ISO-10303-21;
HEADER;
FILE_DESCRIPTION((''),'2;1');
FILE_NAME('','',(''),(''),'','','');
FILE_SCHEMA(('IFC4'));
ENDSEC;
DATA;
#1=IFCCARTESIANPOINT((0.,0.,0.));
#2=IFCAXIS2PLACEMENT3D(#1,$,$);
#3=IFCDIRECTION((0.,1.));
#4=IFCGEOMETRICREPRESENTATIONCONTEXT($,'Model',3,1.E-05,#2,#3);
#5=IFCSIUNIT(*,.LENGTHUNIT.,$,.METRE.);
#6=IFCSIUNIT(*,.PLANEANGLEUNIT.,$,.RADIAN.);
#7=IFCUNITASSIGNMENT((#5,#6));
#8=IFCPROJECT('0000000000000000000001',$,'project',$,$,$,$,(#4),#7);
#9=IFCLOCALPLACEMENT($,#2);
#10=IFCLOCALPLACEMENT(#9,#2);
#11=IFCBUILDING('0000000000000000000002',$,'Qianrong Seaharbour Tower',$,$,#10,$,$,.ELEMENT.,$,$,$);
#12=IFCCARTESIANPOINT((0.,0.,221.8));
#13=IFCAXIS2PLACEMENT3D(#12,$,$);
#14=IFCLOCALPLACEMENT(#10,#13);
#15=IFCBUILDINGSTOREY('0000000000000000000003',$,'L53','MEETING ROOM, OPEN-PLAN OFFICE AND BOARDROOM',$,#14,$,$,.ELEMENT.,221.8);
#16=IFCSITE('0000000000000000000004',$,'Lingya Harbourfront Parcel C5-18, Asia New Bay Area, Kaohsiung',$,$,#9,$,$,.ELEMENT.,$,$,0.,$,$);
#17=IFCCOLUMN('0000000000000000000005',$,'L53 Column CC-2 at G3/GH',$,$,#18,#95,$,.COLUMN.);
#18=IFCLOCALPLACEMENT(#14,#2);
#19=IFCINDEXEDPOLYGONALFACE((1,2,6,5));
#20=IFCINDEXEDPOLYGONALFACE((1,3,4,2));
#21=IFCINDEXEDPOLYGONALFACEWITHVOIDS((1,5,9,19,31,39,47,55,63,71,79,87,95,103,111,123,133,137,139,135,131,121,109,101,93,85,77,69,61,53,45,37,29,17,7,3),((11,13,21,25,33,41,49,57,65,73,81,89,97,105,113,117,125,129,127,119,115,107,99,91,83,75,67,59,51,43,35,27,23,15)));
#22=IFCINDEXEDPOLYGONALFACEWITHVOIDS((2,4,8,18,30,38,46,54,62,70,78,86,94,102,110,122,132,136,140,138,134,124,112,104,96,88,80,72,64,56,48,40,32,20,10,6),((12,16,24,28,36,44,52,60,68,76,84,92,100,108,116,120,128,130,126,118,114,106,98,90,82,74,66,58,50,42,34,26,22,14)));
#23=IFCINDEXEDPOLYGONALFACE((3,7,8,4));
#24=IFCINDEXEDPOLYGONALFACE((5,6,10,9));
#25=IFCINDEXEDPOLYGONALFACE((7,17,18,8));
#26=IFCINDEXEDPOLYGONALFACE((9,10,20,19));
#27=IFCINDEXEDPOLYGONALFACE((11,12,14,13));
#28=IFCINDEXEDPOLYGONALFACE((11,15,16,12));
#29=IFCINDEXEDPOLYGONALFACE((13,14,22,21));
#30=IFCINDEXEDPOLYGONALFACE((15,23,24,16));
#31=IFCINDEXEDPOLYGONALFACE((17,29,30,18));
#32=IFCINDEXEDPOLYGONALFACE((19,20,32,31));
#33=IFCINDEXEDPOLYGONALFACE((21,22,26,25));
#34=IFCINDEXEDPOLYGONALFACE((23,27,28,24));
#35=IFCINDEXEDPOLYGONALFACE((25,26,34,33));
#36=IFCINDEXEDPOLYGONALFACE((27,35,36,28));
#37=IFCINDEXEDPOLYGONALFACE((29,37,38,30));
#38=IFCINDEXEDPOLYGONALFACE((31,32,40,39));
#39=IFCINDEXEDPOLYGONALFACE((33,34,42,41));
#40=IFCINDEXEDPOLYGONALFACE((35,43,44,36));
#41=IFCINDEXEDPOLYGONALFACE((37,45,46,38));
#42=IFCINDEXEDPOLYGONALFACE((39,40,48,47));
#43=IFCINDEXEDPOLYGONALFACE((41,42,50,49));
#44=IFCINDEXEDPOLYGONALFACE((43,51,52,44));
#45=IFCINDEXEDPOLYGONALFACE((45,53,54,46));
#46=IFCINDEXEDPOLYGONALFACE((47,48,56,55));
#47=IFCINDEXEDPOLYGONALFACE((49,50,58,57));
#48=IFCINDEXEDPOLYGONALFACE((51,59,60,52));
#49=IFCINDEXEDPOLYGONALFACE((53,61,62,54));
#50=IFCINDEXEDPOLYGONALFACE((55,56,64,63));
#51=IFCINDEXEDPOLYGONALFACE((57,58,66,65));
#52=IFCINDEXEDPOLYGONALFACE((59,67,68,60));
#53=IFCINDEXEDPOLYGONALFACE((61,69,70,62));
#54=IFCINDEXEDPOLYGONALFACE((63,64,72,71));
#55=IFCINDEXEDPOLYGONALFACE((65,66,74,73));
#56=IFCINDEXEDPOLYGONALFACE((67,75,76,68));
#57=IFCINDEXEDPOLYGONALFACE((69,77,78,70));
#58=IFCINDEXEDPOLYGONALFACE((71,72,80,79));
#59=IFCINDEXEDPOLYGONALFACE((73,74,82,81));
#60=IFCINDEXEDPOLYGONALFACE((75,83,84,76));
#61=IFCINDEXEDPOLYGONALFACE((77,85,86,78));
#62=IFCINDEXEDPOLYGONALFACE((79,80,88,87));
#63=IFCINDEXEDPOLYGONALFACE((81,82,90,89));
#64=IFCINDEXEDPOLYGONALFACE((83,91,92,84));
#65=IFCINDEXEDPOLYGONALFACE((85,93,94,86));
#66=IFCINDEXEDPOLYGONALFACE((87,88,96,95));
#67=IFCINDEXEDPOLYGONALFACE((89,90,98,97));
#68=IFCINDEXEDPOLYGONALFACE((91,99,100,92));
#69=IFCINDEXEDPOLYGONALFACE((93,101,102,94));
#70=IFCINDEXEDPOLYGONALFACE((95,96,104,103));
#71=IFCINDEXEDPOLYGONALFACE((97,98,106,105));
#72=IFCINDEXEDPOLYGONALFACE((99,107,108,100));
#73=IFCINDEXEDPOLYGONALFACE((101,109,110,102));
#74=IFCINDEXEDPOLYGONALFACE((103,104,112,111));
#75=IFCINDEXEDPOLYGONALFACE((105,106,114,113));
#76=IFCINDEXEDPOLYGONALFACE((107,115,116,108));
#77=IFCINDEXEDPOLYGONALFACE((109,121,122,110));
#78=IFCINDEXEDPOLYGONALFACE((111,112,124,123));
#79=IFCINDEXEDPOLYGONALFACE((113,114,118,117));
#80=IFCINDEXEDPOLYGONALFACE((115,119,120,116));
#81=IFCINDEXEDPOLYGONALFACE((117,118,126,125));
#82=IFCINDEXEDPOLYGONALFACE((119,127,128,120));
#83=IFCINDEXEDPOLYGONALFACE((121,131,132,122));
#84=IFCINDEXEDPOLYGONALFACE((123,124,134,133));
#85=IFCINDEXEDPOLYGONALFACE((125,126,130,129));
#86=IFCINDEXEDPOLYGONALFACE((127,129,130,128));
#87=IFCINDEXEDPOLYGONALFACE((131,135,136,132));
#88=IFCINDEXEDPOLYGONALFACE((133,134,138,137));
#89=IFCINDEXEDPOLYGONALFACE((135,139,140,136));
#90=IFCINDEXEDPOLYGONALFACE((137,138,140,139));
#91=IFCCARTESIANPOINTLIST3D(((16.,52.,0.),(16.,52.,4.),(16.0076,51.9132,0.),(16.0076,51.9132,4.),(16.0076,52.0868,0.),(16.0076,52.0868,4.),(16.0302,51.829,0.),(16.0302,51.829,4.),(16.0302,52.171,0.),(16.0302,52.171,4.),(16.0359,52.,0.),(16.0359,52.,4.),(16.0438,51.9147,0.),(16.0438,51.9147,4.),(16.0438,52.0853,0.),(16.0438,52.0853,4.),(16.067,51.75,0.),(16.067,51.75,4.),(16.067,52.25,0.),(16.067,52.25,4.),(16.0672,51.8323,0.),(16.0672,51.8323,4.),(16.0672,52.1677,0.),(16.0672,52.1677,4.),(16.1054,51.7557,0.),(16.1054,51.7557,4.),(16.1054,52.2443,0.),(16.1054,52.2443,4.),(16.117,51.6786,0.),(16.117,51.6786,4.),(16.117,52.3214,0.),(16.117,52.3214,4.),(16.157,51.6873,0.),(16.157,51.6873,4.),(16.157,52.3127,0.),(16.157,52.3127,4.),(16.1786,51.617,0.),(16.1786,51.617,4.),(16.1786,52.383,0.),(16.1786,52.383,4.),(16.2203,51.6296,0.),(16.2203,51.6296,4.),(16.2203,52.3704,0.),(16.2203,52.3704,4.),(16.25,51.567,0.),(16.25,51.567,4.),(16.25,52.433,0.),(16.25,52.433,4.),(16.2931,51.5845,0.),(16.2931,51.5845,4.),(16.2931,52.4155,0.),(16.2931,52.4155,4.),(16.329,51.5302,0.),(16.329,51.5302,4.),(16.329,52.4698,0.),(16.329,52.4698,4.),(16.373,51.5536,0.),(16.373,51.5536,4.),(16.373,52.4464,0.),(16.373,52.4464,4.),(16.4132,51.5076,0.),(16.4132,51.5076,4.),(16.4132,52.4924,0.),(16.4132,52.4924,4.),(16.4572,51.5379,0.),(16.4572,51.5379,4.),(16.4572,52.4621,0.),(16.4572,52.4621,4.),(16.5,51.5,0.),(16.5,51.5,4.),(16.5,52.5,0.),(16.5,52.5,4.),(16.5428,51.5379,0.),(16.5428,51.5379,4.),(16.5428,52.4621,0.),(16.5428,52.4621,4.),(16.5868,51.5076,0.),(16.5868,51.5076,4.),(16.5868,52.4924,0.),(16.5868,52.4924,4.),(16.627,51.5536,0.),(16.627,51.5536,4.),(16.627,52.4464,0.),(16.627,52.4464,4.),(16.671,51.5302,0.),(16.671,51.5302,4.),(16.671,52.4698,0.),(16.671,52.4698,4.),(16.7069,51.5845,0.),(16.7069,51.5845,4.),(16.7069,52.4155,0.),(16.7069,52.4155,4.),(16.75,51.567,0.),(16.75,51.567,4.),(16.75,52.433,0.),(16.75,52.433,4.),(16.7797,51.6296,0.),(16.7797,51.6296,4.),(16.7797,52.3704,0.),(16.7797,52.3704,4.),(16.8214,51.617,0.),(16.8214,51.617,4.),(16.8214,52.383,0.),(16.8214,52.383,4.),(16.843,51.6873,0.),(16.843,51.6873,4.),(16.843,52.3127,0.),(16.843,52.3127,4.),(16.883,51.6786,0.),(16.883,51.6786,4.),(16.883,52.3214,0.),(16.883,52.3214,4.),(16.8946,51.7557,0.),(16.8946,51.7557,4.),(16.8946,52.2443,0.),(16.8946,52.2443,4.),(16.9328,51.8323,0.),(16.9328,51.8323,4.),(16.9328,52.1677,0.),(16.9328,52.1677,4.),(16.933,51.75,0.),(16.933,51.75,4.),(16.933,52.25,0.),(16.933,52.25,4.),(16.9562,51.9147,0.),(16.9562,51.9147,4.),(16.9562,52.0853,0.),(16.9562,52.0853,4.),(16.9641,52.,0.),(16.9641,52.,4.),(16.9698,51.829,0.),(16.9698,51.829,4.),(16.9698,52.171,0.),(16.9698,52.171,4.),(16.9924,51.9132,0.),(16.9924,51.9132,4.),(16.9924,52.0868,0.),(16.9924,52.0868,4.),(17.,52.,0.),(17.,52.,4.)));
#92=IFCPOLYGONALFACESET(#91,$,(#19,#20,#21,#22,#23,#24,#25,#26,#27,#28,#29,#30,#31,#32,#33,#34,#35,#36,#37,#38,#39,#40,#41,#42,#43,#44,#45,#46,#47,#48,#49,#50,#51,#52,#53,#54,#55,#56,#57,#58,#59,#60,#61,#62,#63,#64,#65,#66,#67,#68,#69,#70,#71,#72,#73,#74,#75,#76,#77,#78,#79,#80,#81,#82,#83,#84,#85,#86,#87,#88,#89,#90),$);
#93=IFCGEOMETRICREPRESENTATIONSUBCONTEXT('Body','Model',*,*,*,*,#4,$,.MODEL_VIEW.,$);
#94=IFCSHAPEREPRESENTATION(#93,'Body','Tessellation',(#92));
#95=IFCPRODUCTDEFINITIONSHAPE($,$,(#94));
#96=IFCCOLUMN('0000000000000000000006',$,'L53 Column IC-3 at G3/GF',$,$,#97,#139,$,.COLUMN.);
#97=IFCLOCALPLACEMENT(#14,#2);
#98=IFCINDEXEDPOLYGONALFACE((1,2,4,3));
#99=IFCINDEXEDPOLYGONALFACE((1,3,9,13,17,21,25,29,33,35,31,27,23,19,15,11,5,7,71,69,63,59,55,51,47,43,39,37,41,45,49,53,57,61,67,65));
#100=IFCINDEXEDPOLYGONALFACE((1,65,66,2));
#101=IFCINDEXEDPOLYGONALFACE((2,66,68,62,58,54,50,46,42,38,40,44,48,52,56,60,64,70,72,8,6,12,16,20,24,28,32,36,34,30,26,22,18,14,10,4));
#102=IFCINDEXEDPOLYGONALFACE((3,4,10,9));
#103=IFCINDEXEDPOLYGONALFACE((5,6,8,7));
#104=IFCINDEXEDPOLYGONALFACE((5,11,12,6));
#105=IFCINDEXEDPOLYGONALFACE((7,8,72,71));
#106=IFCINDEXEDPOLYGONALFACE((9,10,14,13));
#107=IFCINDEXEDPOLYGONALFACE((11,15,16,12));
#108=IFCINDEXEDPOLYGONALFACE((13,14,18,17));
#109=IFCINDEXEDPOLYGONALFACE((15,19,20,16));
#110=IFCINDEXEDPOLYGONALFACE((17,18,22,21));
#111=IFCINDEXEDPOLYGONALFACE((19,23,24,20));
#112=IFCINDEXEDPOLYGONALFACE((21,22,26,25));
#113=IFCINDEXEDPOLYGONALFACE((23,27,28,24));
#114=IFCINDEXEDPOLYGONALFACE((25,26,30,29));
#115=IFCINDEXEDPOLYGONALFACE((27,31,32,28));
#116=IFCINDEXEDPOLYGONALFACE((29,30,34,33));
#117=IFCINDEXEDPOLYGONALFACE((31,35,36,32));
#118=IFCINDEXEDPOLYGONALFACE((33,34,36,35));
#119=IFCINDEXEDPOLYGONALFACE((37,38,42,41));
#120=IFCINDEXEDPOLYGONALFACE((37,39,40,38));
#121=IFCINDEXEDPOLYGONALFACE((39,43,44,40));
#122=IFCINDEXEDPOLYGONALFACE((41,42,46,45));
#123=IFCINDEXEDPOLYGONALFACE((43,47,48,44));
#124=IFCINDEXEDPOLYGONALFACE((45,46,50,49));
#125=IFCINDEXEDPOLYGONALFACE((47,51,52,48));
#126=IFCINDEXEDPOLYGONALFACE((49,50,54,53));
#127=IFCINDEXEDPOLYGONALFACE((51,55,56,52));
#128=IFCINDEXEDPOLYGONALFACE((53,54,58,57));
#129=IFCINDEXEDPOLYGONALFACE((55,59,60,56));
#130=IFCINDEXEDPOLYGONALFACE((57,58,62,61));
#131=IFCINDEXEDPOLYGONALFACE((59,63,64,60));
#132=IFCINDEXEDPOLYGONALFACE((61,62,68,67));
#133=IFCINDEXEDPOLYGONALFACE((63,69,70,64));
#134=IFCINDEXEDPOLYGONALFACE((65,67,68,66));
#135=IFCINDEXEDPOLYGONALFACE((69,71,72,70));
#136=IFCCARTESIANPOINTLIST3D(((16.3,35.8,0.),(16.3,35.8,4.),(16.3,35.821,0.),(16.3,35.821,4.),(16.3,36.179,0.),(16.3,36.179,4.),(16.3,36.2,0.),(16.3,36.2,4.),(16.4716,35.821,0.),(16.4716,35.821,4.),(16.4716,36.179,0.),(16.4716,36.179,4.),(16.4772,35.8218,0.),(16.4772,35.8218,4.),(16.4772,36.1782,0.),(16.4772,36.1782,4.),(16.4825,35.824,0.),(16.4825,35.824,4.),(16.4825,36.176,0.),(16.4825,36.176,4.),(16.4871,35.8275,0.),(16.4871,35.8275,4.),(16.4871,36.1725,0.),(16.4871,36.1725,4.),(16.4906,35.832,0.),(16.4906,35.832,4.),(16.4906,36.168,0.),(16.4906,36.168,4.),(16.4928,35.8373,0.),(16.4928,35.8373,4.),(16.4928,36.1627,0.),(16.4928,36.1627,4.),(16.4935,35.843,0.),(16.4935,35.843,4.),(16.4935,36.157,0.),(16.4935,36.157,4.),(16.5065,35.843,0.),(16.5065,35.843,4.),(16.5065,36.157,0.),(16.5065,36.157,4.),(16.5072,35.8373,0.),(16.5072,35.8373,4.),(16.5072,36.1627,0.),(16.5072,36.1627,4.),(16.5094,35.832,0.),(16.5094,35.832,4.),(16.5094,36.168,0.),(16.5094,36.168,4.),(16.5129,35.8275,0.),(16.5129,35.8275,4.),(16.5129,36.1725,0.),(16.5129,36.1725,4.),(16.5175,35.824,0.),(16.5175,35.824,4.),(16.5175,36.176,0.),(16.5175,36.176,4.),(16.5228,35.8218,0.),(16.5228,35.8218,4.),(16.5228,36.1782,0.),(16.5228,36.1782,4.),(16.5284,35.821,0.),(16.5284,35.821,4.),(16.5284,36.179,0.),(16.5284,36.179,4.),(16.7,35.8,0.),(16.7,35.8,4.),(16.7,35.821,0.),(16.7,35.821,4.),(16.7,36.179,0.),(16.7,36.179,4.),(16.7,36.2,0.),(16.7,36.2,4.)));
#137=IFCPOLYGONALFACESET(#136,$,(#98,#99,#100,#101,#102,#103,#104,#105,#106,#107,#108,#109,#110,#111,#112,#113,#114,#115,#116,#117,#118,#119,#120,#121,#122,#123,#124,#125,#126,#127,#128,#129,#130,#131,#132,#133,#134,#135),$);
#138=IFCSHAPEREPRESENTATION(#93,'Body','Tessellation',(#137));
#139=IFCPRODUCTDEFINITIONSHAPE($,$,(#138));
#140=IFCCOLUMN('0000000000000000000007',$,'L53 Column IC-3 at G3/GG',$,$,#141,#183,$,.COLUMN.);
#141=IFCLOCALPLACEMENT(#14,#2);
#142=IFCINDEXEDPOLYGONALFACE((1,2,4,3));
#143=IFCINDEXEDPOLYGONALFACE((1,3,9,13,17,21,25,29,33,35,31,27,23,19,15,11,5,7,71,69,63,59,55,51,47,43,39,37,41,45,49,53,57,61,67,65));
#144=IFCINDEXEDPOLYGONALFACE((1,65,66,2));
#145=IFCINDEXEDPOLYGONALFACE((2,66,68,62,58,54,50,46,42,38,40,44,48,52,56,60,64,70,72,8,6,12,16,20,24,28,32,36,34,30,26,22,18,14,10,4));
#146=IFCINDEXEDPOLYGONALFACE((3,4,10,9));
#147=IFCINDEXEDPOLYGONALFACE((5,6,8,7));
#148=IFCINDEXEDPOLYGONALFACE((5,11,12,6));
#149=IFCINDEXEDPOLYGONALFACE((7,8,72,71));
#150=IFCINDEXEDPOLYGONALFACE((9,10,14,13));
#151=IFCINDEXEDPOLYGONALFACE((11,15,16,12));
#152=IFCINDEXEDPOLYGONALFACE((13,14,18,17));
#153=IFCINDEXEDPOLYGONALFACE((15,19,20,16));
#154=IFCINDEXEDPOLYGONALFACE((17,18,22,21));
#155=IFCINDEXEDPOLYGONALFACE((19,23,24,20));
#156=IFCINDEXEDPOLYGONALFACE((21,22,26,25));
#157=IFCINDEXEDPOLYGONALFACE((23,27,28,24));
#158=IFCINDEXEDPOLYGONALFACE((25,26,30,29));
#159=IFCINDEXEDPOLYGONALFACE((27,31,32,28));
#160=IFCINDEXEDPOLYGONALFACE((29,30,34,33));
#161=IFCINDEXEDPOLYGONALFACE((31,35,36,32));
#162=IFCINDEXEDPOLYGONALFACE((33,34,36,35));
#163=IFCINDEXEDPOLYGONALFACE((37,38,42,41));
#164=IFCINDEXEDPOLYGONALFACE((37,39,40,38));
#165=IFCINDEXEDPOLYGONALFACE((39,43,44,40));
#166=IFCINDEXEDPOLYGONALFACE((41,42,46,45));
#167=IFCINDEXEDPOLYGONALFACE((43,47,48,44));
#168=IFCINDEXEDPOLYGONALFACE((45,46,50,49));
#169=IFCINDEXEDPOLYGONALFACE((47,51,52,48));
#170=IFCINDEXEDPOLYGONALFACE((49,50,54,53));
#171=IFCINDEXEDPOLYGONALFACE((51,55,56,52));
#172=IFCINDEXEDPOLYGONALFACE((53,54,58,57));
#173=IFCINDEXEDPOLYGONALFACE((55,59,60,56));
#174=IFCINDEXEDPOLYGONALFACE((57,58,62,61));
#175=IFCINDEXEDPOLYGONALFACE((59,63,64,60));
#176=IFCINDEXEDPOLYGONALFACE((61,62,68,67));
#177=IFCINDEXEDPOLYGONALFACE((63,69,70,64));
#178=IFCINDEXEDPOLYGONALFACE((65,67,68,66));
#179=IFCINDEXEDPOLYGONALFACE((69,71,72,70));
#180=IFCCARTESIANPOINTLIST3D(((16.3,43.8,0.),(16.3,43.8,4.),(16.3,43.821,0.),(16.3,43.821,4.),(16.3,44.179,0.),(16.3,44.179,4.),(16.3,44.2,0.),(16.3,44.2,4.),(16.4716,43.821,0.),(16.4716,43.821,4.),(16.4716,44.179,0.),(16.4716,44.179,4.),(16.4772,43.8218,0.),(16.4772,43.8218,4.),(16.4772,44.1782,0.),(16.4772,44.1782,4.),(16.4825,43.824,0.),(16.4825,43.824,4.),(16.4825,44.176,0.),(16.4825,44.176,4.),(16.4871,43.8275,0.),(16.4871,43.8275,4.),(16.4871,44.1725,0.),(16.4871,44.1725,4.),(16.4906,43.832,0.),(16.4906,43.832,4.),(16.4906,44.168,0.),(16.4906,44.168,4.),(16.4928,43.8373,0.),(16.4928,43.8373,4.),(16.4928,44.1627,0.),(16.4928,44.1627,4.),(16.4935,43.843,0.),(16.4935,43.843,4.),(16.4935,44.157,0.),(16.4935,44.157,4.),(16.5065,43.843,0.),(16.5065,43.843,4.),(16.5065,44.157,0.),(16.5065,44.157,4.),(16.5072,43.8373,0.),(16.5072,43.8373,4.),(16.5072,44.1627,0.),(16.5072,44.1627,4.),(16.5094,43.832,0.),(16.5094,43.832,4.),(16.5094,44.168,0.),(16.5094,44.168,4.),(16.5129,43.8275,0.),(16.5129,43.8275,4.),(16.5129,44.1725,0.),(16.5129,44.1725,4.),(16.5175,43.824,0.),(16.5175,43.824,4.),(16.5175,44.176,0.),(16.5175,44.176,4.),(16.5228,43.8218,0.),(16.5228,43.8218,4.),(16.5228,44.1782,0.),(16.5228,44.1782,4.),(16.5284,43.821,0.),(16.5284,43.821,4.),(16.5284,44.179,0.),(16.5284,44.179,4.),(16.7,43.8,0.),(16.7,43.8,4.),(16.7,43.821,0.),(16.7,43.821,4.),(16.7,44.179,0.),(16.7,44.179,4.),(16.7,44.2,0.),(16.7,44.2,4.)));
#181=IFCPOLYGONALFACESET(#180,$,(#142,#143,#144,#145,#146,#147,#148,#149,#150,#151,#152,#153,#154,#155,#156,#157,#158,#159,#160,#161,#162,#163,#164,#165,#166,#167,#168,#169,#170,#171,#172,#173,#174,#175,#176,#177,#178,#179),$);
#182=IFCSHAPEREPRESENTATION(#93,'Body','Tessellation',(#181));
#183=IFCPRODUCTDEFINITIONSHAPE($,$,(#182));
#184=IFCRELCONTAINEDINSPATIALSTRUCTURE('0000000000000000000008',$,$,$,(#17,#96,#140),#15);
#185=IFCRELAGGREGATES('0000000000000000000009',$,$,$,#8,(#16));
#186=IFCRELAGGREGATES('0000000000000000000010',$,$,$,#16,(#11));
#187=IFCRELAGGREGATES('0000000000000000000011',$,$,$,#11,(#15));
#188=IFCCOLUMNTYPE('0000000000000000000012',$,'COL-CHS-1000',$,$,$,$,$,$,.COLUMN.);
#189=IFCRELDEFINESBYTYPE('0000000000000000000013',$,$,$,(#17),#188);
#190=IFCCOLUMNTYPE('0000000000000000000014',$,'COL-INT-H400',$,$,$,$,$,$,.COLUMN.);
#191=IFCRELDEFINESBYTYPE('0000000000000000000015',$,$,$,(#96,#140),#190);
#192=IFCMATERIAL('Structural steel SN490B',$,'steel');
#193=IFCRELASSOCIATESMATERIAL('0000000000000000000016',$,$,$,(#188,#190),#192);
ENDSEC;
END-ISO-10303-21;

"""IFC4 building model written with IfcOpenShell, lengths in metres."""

from ifc_helpers import new_model, si_unit, direction, frame, origin, origin_2d, place, context, subcontext, project, spatial, hollow_circle, i_section, extrude, material, material_profile, profile_set, type_object, element, save


model = new_model("IFC4")

# Units and contexts
model_context = context("Model", 3, precision=1e-05, world=origin(), true_north=direction((0.0, 1.0)))
body_context = subcontext(model_context, "Body", "Model", "MODEL_VIEW")
ifc_project = project(units=[si_unit("LENGTHUNIT", "METRE"), si_unit("PLANEANGLEUNIT", "RADIAN")], contexts=[model_context])

# Site, building, storey
site_placement = place(None, origin())
site = spatial("IfcSite", under=ifc_project, at=site_placement, Name="Lingya Harbourfront Parcel C5-18, Asia New Bay Area, Kaohsiung", CompositionType="ELEMENT", RefElevation=0.0)
building_placement = place(site_placement, origin())
building = spatial("IfcBuilding", under=site, at=building_placement, Name="Qianrong Seaharbour Tower", CompositionType="ELEMENT")
storey_placement = place(building_placement, frame((0.0, 0.0, 221.8)))
storey = spatial("IfcBuildingStorey", under=building, at=storey_placement, Name="L53", Description="MEETING ROOM, OPEN-PLAN OFFICE AND BOARDROOM", CompositionType="ELEMENT", Elevation=221.8)

# Columns
ifc_material_1 = material(Name="Structural steel SN490B", Category="steel")
ifc_material_profile_1 = material_profile(ifc_material_1, hollow_circle(Radius=0.5, WallThickness=0.0359, at=origin_2d()), Name="CHS1000x36")
ifc_profile_set_1 = profile_set([ifc_material_profile_1], Name="Structural steel SN490B")
column_type_1 = type_object("IfcColumnType", Name="COL-CHS-1000", PredefinedType="COLUMN", material=ifc_profile_set_1)
column_placement = place(storey_placement, frame((16.5, 52.0, 0.0), z_axis=(0.0, 0.0, 1.0), x_axis=(1.0, 0.0, 0.0)))
element("IfcColumn", 1, at=column_placement, inside=storey, type_object=column_type_1, Name="L53 Column CC-2 at G3/GH", PredefinedType="COLUMN", context=body_context, shape_type="SweptSolid", body=[
    extrude(hollow_circle(Radius=0.5, WallThickness=0.0359, at=origin_2d()), origin(), (0.0, 0.0, 1.0), 4.0),
])
ifc_material_profile_2 = material_profile(ifc_material_1, i_section(OverallWidth=0.3999, OverallDepth=0.3999, WebThickness=0.0129, FlangeThickness=0.021, FilletRadius=0.022, at=origin_2d()), Name="H400x400x13x21")
ifc_profile_set_2 = profile_set([ifc_material_profile_2], Name="Structural steel SN490B")
column_type_2 = type_object("IfcColumnType", Name="COL-INT-H400", PredefinedType="COLUMN", material=ifc_profile_set_2)
for number, where, z_axis, x_axis, name in (
    (2, (16.5, 36.0, 0.0), (0.0, 0.0, 1.0), (1.0, 0.0, 0.0), "L53 Column IC-3 at G3/GF"),
    (3, (16.5, 44.0, 0.0), (0.0, 0.0, 1.0), (1.0, 0.0, 0.0), "L53 Column IC-3 at G3/GG"),
):
    element("IfcColumn", number, at=place(storey_placement, frame(where, z_axis=z_axis, x_axis=x_axis)), inside=storey, type_object=column_type_2, Name=name, PredefinedType="COLUMN", context=body_context, shape_type="SweptSolid", body=[
        extrude(i_section(OverallWidth=0.3999, OverallDepth=0.3999, WebThickness=0.0129, FlangeThickness=0.021, FilletRadius=0.022, at=origin_2d()), origin(), (0.0, 0.0, 1.0), 4.0),
    ])

save(model, "model.ifc")
